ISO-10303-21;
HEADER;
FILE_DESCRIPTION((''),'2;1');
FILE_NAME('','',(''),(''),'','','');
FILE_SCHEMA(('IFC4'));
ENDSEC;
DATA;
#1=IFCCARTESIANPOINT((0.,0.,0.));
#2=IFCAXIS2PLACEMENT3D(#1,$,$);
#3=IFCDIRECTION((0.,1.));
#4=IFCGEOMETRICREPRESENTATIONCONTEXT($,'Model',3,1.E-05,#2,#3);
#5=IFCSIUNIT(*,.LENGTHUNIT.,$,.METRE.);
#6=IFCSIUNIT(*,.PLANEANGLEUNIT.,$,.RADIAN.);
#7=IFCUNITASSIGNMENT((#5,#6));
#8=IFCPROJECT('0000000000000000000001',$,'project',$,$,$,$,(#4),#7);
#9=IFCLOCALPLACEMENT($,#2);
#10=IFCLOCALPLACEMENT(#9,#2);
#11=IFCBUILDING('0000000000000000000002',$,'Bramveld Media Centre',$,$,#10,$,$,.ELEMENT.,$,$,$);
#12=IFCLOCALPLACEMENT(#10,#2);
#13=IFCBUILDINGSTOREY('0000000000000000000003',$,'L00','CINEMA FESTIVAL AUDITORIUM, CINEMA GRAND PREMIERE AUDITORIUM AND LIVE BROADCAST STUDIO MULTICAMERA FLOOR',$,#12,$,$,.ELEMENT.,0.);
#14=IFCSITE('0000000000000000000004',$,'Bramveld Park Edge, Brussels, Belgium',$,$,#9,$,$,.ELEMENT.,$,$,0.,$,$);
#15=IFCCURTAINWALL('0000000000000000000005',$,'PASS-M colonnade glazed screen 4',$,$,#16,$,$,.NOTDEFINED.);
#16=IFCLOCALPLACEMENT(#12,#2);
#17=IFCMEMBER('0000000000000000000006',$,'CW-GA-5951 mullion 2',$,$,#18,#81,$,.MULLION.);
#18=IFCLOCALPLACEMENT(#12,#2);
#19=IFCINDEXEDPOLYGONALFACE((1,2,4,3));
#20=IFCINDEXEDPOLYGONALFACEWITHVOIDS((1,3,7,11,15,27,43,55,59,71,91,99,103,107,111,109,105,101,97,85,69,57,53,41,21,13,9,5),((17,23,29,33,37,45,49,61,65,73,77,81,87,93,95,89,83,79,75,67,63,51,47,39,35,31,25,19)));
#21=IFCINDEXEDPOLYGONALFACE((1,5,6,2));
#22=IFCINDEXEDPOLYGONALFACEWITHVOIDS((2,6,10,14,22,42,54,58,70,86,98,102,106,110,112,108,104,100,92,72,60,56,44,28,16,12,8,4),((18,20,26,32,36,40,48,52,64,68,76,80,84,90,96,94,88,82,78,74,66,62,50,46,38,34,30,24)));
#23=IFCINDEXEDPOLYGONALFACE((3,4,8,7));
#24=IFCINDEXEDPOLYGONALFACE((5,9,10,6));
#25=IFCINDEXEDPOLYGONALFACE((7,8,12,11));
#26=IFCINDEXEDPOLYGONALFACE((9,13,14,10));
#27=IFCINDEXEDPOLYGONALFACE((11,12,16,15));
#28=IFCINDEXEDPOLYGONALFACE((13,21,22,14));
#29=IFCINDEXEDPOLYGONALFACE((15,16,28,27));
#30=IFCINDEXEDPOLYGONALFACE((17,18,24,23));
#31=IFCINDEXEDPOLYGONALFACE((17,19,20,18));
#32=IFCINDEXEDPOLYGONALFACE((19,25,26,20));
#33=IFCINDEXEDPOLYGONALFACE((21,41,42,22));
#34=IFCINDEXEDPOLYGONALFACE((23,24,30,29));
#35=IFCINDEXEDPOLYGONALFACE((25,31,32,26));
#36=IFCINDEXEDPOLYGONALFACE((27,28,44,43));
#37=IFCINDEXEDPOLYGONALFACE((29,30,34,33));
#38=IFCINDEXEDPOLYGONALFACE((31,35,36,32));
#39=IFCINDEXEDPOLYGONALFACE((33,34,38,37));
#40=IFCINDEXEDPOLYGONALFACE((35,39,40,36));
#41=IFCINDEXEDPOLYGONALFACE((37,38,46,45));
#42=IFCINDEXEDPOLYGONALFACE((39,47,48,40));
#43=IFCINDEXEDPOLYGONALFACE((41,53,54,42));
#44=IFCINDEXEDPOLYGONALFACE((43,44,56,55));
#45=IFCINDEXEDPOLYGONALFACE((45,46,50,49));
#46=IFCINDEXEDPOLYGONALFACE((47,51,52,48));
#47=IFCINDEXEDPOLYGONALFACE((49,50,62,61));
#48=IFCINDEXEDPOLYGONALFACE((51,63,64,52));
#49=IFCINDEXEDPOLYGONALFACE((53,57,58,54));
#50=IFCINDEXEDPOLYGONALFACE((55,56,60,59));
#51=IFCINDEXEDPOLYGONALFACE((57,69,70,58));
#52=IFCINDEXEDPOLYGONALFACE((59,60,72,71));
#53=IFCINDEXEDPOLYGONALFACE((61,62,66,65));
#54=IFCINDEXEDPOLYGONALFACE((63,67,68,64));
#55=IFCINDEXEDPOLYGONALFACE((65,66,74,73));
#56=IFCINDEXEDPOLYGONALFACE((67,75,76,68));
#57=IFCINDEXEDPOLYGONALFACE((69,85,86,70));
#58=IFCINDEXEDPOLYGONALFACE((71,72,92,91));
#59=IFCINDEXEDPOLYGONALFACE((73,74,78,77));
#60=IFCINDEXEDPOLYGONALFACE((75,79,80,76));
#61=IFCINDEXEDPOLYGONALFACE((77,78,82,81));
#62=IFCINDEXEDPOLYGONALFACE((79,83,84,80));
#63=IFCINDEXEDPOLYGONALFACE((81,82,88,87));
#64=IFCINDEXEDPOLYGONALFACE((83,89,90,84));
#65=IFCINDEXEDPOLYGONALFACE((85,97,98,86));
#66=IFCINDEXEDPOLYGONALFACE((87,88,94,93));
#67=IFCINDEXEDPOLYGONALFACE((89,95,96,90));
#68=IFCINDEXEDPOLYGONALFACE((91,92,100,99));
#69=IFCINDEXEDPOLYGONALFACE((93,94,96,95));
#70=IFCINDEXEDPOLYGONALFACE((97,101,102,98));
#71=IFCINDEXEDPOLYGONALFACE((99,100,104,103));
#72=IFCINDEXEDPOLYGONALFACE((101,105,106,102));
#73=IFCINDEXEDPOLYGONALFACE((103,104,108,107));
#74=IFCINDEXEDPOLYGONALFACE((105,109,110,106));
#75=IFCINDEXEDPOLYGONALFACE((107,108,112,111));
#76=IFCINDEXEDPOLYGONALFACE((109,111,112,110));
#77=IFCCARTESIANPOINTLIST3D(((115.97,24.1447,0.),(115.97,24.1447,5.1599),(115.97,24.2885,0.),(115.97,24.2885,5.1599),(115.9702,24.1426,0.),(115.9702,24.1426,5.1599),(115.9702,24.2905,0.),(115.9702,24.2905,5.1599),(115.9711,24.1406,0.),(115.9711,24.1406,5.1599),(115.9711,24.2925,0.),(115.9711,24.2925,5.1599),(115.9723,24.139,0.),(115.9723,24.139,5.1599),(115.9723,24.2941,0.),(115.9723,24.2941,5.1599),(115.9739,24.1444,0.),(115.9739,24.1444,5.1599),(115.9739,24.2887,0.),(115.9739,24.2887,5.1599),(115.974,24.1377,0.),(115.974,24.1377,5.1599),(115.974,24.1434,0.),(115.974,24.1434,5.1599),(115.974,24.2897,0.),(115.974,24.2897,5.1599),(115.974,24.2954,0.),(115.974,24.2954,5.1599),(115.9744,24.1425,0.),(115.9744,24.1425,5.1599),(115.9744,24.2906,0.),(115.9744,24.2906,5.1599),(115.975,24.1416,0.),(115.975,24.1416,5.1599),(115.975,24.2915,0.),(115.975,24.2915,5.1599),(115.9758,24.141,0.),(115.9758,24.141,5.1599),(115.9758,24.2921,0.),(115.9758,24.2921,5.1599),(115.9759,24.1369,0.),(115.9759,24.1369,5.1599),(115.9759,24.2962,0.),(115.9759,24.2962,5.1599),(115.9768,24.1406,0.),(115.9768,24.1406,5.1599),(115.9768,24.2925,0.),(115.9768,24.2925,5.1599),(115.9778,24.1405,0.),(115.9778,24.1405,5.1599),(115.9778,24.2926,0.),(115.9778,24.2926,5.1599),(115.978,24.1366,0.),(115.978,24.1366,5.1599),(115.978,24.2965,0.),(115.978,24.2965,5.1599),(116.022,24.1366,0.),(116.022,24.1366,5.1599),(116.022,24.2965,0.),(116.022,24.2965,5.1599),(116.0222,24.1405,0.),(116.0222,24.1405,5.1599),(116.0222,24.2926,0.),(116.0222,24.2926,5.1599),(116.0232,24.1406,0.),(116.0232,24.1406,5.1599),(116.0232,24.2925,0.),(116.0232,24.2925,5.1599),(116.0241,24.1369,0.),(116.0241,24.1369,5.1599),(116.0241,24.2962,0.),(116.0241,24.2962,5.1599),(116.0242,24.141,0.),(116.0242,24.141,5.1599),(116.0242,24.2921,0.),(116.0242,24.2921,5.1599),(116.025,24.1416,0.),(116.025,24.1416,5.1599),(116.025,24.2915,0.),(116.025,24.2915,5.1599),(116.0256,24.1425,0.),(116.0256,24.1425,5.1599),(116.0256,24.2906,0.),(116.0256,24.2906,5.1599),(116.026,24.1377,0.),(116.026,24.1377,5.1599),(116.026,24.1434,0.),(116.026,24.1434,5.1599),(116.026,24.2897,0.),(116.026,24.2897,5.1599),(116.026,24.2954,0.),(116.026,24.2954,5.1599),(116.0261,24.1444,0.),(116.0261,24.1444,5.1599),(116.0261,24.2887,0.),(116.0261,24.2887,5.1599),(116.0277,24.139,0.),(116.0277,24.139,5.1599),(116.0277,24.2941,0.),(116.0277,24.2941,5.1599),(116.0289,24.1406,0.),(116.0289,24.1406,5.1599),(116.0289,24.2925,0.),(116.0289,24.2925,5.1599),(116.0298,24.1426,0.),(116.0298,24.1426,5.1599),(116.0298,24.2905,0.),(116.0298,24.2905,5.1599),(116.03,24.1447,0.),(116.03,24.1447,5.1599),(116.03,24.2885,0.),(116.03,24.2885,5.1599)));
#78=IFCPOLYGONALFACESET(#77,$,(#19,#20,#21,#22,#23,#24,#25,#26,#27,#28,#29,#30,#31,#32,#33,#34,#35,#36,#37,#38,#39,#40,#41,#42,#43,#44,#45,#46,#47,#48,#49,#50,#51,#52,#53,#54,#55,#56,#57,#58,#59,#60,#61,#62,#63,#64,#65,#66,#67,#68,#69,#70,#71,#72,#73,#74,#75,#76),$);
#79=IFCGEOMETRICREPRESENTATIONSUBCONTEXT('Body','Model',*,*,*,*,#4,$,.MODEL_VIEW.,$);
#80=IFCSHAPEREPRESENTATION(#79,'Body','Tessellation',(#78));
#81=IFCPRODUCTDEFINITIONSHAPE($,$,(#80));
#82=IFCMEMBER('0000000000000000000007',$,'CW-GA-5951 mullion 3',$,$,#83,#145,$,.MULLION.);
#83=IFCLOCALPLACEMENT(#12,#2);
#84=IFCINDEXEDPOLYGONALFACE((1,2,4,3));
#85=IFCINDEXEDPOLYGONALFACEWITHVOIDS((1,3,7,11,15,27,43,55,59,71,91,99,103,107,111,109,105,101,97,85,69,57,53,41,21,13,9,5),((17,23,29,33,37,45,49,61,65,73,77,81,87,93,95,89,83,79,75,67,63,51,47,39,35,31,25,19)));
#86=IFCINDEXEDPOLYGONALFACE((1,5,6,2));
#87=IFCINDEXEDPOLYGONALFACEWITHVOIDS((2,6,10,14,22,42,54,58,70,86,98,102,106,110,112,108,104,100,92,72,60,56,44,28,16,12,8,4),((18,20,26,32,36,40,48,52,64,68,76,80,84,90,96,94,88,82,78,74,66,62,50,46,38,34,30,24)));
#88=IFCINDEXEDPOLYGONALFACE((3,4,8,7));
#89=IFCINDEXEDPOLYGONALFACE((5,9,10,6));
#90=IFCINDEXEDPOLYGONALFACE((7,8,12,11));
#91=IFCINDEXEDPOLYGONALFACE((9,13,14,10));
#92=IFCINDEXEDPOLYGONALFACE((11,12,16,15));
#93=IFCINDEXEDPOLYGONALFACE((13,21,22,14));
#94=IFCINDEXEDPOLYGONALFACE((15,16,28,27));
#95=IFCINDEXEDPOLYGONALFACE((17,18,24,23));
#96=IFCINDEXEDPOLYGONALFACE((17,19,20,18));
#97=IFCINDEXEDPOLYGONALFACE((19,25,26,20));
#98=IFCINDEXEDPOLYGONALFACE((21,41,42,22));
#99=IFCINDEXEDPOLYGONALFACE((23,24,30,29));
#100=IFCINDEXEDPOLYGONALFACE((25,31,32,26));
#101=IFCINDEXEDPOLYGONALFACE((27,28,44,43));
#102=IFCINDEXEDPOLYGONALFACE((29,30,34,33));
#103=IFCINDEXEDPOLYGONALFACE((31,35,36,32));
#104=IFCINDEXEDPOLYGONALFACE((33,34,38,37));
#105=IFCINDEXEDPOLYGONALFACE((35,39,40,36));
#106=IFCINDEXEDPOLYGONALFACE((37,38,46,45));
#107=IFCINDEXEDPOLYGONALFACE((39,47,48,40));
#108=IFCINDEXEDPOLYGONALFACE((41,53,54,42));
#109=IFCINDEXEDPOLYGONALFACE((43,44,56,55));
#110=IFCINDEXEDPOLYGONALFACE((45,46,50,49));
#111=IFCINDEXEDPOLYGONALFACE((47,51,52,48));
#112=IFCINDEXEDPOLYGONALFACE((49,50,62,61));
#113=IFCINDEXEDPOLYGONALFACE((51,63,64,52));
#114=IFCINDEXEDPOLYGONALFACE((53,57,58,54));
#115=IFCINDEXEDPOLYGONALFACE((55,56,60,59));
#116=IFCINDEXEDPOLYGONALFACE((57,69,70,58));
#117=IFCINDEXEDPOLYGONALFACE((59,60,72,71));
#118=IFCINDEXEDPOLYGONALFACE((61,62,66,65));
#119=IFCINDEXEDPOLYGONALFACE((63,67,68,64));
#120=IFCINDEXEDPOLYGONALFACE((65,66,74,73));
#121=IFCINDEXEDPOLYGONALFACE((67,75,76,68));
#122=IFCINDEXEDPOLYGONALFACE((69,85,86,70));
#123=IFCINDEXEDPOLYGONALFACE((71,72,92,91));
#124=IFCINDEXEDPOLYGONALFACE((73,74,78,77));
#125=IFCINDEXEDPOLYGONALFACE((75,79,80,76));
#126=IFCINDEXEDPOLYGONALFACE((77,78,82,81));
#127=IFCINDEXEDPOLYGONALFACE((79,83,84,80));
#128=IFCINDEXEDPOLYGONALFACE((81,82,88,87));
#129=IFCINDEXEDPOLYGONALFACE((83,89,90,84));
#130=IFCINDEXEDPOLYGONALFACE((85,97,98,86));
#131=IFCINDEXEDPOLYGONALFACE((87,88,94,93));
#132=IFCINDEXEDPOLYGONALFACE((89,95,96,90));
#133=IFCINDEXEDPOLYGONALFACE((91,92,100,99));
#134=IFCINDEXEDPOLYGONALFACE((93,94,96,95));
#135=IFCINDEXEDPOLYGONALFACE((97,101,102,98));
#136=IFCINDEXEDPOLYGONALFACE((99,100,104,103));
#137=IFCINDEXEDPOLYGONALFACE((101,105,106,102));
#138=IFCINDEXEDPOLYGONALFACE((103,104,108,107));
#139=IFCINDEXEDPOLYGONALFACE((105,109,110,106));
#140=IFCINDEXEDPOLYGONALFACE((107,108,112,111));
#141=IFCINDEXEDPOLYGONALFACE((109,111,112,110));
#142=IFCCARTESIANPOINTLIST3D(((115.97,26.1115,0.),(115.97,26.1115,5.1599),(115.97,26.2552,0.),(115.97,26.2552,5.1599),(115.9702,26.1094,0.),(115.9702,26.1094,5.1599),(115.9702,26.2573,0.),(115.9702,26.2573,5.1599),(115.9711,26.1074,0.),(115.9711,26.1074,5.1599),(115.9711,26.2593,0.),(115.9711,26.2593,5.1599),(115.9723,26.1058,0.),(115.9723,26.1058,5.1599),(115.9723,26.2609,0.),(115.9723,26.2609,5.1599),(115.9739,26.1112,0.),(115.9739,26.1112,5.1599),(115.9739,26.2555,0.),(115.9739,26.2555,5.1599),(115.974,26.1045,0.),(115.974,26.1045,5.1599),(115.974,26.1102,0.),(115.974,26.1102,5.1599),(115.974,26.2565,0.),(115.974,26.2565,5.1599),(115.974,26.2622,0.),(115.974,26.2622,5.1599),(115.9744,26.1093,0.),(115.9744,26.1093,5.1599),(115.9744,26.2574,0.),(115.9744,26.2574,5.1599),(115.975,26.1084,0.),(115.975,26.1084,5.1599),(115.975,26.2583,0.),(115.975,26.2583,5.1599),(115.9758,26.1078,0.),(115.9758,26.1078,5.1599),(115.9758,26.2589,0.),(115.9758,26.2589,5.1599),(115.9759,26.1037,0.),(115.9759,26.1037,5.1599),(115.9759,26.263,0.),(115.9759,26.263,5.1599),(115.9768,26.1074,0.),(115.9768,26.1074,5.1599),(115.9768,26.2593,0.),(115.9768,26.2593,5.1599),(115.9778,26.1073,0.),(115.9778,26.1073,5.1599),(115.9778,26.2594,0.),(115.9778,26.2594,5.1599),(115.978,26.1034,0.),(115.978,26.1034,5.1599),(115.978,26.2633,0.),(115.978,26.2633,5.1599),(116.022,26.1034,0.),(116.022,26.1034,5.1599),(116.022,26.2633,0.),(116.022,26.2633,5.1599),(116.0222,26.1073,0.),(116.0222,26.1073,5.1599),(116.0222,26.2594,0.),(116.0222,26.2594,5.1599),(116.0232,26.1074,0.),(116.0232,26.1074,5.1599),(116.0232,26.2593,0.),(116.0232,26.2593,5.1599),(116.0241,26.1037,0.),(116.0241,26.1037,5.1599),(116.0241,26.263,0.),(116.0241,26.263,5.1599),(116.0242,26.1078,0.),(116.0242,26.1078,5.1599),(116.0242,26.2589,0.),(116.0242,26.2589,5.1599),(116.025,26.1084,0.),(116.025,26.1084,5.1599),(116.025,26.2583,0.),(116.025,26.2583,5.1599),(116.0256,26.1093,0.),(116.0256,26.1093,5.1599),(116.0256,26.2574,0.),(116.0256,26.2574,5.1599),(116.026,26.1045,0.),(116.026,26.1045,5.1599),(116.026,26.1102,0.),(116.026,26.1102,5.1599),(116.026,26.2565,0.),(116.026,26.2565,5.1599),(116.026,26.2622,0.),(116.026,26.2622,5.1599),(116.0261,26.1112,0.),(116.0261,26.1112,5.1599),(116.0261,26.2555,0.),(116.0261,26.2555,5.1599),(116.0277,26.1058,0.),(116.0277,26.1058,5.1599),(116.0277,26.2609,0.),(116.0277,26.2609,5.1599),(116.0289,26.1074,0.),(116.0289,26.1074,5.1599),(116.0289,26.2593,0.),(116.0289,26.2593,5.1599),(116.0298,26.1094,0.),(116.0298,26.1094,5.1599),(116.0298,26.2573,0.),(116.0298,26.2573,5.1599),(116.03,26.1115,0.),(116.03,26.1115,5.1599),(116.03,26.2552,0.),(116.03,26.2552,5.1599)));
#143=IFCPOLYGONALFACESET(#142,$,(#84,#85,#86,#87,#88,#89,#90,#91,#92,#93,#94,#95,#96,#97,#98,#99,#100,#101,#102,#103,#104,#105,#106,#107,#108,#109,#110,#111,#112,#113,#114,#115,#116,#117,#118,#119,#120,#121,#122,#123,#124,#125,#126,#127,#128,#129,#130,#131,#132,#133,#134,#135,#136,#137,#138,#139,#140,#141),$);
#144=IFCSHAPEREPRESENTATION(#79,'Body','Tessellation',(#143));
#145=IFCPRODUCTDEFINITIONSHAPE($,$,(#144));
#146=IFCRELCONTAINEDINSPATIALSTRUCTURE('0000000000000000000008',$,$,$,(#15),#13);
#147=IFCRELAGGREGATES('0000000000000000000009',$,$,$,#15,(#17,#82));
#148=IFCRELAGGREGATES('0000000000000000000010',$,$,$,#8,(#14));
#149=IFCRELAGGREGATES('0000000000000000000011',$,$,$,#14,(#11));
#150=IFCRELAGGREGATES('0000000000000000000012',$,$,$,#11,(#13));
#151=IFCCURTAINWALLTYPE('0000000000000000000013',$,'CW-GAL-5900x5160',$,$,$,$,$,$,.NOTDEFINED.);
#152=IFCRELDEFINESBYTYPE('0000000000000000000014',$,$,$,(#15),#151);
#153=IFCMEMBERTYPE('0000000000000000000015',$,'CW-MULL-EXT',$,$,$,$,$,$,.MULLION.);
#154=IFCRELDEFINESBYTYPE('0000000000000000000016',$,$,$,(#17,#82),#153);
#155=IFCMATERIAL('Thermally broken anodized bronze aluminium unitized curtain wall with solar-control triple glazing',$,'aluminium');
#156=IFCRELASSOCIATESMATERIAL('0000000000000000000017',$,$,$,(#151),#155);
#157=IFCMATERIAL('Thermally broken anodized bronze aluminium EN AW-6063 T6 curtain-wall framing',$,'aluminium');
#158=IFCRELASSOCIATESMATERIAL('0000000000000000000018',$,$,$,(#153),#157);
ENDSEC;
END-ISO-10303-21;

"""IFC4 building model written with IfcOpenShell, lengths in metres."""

from ifc_helpers import new_model, si_unit, direction, frame, origin, origin_2d, place, context, subcontext, project, spatial, hollow_rectangle, extrude, material, material_profile, profile_set, type_object, element, aggregate, save


model = new_model("IFC4")

# Units and contexts
model_context = context("Model", 3, precision=1e-05, world=origin(), true_north=direction((0.0, 1.0)))
body_context = subcontext(model_context, "Body", "Model", "MODEL_VIEW")
ifc_project = project(units=[si_unit("LENGTHUNIT", "METRE"), si_unit("PLANEANGLEUNIT", "RADIAN")], contexts=[model_context])

# Site, building, storey
site_placement = place(None, origin())
site = spatial("IfcSite", under=ifc_project, at=site_placement, Name="Bramveld Park Edge, Brussels, Belgium", CompositionType="ELEMENT", RefElevation=0.0)
building_placement = place(site_placement, origin())
building = spatial("IfcBuilding", under=site, at=building_placement, Name="Bramveld Media Centre", CompositionType="ELEMENT")
storey_placement = place(building_placement, origin())
storey = spatial("IfcBuildingStorey", under=building, at=storey_placement, Name="L00", Description="CINEMA FESTIVAL AUDITORIUM, CINEMA GRAND PREMIERE AUDITORIUM AND LIVE BROADCAST STUDIO MULTICAMERA FLOOR", CompositionType="ELEMENT", Elevation=0.0)

# Curtain wall, members
ifc_material_1 = material(Name="Thermally broken anodized bronze aluminium unitized curtain wall with solar-control triple glazing", Category="aluminium")
curtain_wall_type = type_object("IfcCurtainWallType", Name="CW-GAL-5900x5160", PredefinedType="NOTDEFINED", material=ifc_material_1)
curtain_wall_placement = place(storey_placement, origin())
curtain_wall = element("IfcCurtainWall", 1, at=curtain_wall_placement, inside=storey, type_object=curtain_wall_type, Name="PASS-M colonnade glazed screen 4", PredefinedType="NOTDEFINED")
ifc_material_2 = material(Name="Thermally broken anodized bronze aluminium EN AW-6063 T6 curtain-wall framing", Category="aluminium")
ifc_material_profile_1 = material_profile(ifc_material_2, hollow_rectangle(XDim=0.0601, YDim=0.1599, WallThickness=0.0039, InnerFilletRadius=0.0039, OuterFilletRadius=0.0081, at=origin_2d()), Name="AL-MULL 60x160")
ifc_profile_set_1 = profile_set([ifc_material_profile_1], Name="Thermally broken anodized bronze aluminium EN AW-6063 T6 curtain-wall framing")
member_type_1 = type_object("IfcMemberType", Name="CW-MULL-EXT", PredefinedType="MULLION", material=ifc_profile_set_1)
member_1_placement = place(storey_placement, frame((116.0, 24.2166, 0.0), z_axis=(0.0, 0.0, 1.0), x_axis=(-1.0, 0.0, 0.0)))
member_1 = element("IfcMember", 2, at=member_1_placement, type_object=member_type_1, Name="CW-GA-5951 mullion 2", PredefinedType="MULLION", context=body_context, shape_type="SweptSolid", body=[
    extrude(hollow_rectangle(XDim=0.0601, YDim=0.1599, WallThickness=0.0039, InnerFilletRadius=0.0039, OuterFilletRadius=0.0081, at=origin_2d()), origin(), (0.0, 0.0, 1.0), 5.1599),
])
member_2_placement = place(storey_placement, frame((116.0, 26.1833, 0.0), z_axis=(0.0, 0.0, 1.0), x_axis=(-1.0, 0.0, 0.0)))
member_2 = element("IfcMember", 3, at=member_2_placement, type_object=member_type_1, Name="CW-GA-5951 mullion 3", PredefinedType="MULLION", context=body_context, shape_type="SweptSolid", body=[
    extrude(hollow_rectangle(XDim=0.0601, YDim=0.1599, WallThickness=0.0039, InnerFilletRadius=0.0039, OuterFilletRadius=0.0081, at=origin_2d()), origin(), (0.0, 0.0, 1.0), 5.1599),
])
aggregate(curtain_wall, [member_1, member_2])

save(model, "model.ifc")
